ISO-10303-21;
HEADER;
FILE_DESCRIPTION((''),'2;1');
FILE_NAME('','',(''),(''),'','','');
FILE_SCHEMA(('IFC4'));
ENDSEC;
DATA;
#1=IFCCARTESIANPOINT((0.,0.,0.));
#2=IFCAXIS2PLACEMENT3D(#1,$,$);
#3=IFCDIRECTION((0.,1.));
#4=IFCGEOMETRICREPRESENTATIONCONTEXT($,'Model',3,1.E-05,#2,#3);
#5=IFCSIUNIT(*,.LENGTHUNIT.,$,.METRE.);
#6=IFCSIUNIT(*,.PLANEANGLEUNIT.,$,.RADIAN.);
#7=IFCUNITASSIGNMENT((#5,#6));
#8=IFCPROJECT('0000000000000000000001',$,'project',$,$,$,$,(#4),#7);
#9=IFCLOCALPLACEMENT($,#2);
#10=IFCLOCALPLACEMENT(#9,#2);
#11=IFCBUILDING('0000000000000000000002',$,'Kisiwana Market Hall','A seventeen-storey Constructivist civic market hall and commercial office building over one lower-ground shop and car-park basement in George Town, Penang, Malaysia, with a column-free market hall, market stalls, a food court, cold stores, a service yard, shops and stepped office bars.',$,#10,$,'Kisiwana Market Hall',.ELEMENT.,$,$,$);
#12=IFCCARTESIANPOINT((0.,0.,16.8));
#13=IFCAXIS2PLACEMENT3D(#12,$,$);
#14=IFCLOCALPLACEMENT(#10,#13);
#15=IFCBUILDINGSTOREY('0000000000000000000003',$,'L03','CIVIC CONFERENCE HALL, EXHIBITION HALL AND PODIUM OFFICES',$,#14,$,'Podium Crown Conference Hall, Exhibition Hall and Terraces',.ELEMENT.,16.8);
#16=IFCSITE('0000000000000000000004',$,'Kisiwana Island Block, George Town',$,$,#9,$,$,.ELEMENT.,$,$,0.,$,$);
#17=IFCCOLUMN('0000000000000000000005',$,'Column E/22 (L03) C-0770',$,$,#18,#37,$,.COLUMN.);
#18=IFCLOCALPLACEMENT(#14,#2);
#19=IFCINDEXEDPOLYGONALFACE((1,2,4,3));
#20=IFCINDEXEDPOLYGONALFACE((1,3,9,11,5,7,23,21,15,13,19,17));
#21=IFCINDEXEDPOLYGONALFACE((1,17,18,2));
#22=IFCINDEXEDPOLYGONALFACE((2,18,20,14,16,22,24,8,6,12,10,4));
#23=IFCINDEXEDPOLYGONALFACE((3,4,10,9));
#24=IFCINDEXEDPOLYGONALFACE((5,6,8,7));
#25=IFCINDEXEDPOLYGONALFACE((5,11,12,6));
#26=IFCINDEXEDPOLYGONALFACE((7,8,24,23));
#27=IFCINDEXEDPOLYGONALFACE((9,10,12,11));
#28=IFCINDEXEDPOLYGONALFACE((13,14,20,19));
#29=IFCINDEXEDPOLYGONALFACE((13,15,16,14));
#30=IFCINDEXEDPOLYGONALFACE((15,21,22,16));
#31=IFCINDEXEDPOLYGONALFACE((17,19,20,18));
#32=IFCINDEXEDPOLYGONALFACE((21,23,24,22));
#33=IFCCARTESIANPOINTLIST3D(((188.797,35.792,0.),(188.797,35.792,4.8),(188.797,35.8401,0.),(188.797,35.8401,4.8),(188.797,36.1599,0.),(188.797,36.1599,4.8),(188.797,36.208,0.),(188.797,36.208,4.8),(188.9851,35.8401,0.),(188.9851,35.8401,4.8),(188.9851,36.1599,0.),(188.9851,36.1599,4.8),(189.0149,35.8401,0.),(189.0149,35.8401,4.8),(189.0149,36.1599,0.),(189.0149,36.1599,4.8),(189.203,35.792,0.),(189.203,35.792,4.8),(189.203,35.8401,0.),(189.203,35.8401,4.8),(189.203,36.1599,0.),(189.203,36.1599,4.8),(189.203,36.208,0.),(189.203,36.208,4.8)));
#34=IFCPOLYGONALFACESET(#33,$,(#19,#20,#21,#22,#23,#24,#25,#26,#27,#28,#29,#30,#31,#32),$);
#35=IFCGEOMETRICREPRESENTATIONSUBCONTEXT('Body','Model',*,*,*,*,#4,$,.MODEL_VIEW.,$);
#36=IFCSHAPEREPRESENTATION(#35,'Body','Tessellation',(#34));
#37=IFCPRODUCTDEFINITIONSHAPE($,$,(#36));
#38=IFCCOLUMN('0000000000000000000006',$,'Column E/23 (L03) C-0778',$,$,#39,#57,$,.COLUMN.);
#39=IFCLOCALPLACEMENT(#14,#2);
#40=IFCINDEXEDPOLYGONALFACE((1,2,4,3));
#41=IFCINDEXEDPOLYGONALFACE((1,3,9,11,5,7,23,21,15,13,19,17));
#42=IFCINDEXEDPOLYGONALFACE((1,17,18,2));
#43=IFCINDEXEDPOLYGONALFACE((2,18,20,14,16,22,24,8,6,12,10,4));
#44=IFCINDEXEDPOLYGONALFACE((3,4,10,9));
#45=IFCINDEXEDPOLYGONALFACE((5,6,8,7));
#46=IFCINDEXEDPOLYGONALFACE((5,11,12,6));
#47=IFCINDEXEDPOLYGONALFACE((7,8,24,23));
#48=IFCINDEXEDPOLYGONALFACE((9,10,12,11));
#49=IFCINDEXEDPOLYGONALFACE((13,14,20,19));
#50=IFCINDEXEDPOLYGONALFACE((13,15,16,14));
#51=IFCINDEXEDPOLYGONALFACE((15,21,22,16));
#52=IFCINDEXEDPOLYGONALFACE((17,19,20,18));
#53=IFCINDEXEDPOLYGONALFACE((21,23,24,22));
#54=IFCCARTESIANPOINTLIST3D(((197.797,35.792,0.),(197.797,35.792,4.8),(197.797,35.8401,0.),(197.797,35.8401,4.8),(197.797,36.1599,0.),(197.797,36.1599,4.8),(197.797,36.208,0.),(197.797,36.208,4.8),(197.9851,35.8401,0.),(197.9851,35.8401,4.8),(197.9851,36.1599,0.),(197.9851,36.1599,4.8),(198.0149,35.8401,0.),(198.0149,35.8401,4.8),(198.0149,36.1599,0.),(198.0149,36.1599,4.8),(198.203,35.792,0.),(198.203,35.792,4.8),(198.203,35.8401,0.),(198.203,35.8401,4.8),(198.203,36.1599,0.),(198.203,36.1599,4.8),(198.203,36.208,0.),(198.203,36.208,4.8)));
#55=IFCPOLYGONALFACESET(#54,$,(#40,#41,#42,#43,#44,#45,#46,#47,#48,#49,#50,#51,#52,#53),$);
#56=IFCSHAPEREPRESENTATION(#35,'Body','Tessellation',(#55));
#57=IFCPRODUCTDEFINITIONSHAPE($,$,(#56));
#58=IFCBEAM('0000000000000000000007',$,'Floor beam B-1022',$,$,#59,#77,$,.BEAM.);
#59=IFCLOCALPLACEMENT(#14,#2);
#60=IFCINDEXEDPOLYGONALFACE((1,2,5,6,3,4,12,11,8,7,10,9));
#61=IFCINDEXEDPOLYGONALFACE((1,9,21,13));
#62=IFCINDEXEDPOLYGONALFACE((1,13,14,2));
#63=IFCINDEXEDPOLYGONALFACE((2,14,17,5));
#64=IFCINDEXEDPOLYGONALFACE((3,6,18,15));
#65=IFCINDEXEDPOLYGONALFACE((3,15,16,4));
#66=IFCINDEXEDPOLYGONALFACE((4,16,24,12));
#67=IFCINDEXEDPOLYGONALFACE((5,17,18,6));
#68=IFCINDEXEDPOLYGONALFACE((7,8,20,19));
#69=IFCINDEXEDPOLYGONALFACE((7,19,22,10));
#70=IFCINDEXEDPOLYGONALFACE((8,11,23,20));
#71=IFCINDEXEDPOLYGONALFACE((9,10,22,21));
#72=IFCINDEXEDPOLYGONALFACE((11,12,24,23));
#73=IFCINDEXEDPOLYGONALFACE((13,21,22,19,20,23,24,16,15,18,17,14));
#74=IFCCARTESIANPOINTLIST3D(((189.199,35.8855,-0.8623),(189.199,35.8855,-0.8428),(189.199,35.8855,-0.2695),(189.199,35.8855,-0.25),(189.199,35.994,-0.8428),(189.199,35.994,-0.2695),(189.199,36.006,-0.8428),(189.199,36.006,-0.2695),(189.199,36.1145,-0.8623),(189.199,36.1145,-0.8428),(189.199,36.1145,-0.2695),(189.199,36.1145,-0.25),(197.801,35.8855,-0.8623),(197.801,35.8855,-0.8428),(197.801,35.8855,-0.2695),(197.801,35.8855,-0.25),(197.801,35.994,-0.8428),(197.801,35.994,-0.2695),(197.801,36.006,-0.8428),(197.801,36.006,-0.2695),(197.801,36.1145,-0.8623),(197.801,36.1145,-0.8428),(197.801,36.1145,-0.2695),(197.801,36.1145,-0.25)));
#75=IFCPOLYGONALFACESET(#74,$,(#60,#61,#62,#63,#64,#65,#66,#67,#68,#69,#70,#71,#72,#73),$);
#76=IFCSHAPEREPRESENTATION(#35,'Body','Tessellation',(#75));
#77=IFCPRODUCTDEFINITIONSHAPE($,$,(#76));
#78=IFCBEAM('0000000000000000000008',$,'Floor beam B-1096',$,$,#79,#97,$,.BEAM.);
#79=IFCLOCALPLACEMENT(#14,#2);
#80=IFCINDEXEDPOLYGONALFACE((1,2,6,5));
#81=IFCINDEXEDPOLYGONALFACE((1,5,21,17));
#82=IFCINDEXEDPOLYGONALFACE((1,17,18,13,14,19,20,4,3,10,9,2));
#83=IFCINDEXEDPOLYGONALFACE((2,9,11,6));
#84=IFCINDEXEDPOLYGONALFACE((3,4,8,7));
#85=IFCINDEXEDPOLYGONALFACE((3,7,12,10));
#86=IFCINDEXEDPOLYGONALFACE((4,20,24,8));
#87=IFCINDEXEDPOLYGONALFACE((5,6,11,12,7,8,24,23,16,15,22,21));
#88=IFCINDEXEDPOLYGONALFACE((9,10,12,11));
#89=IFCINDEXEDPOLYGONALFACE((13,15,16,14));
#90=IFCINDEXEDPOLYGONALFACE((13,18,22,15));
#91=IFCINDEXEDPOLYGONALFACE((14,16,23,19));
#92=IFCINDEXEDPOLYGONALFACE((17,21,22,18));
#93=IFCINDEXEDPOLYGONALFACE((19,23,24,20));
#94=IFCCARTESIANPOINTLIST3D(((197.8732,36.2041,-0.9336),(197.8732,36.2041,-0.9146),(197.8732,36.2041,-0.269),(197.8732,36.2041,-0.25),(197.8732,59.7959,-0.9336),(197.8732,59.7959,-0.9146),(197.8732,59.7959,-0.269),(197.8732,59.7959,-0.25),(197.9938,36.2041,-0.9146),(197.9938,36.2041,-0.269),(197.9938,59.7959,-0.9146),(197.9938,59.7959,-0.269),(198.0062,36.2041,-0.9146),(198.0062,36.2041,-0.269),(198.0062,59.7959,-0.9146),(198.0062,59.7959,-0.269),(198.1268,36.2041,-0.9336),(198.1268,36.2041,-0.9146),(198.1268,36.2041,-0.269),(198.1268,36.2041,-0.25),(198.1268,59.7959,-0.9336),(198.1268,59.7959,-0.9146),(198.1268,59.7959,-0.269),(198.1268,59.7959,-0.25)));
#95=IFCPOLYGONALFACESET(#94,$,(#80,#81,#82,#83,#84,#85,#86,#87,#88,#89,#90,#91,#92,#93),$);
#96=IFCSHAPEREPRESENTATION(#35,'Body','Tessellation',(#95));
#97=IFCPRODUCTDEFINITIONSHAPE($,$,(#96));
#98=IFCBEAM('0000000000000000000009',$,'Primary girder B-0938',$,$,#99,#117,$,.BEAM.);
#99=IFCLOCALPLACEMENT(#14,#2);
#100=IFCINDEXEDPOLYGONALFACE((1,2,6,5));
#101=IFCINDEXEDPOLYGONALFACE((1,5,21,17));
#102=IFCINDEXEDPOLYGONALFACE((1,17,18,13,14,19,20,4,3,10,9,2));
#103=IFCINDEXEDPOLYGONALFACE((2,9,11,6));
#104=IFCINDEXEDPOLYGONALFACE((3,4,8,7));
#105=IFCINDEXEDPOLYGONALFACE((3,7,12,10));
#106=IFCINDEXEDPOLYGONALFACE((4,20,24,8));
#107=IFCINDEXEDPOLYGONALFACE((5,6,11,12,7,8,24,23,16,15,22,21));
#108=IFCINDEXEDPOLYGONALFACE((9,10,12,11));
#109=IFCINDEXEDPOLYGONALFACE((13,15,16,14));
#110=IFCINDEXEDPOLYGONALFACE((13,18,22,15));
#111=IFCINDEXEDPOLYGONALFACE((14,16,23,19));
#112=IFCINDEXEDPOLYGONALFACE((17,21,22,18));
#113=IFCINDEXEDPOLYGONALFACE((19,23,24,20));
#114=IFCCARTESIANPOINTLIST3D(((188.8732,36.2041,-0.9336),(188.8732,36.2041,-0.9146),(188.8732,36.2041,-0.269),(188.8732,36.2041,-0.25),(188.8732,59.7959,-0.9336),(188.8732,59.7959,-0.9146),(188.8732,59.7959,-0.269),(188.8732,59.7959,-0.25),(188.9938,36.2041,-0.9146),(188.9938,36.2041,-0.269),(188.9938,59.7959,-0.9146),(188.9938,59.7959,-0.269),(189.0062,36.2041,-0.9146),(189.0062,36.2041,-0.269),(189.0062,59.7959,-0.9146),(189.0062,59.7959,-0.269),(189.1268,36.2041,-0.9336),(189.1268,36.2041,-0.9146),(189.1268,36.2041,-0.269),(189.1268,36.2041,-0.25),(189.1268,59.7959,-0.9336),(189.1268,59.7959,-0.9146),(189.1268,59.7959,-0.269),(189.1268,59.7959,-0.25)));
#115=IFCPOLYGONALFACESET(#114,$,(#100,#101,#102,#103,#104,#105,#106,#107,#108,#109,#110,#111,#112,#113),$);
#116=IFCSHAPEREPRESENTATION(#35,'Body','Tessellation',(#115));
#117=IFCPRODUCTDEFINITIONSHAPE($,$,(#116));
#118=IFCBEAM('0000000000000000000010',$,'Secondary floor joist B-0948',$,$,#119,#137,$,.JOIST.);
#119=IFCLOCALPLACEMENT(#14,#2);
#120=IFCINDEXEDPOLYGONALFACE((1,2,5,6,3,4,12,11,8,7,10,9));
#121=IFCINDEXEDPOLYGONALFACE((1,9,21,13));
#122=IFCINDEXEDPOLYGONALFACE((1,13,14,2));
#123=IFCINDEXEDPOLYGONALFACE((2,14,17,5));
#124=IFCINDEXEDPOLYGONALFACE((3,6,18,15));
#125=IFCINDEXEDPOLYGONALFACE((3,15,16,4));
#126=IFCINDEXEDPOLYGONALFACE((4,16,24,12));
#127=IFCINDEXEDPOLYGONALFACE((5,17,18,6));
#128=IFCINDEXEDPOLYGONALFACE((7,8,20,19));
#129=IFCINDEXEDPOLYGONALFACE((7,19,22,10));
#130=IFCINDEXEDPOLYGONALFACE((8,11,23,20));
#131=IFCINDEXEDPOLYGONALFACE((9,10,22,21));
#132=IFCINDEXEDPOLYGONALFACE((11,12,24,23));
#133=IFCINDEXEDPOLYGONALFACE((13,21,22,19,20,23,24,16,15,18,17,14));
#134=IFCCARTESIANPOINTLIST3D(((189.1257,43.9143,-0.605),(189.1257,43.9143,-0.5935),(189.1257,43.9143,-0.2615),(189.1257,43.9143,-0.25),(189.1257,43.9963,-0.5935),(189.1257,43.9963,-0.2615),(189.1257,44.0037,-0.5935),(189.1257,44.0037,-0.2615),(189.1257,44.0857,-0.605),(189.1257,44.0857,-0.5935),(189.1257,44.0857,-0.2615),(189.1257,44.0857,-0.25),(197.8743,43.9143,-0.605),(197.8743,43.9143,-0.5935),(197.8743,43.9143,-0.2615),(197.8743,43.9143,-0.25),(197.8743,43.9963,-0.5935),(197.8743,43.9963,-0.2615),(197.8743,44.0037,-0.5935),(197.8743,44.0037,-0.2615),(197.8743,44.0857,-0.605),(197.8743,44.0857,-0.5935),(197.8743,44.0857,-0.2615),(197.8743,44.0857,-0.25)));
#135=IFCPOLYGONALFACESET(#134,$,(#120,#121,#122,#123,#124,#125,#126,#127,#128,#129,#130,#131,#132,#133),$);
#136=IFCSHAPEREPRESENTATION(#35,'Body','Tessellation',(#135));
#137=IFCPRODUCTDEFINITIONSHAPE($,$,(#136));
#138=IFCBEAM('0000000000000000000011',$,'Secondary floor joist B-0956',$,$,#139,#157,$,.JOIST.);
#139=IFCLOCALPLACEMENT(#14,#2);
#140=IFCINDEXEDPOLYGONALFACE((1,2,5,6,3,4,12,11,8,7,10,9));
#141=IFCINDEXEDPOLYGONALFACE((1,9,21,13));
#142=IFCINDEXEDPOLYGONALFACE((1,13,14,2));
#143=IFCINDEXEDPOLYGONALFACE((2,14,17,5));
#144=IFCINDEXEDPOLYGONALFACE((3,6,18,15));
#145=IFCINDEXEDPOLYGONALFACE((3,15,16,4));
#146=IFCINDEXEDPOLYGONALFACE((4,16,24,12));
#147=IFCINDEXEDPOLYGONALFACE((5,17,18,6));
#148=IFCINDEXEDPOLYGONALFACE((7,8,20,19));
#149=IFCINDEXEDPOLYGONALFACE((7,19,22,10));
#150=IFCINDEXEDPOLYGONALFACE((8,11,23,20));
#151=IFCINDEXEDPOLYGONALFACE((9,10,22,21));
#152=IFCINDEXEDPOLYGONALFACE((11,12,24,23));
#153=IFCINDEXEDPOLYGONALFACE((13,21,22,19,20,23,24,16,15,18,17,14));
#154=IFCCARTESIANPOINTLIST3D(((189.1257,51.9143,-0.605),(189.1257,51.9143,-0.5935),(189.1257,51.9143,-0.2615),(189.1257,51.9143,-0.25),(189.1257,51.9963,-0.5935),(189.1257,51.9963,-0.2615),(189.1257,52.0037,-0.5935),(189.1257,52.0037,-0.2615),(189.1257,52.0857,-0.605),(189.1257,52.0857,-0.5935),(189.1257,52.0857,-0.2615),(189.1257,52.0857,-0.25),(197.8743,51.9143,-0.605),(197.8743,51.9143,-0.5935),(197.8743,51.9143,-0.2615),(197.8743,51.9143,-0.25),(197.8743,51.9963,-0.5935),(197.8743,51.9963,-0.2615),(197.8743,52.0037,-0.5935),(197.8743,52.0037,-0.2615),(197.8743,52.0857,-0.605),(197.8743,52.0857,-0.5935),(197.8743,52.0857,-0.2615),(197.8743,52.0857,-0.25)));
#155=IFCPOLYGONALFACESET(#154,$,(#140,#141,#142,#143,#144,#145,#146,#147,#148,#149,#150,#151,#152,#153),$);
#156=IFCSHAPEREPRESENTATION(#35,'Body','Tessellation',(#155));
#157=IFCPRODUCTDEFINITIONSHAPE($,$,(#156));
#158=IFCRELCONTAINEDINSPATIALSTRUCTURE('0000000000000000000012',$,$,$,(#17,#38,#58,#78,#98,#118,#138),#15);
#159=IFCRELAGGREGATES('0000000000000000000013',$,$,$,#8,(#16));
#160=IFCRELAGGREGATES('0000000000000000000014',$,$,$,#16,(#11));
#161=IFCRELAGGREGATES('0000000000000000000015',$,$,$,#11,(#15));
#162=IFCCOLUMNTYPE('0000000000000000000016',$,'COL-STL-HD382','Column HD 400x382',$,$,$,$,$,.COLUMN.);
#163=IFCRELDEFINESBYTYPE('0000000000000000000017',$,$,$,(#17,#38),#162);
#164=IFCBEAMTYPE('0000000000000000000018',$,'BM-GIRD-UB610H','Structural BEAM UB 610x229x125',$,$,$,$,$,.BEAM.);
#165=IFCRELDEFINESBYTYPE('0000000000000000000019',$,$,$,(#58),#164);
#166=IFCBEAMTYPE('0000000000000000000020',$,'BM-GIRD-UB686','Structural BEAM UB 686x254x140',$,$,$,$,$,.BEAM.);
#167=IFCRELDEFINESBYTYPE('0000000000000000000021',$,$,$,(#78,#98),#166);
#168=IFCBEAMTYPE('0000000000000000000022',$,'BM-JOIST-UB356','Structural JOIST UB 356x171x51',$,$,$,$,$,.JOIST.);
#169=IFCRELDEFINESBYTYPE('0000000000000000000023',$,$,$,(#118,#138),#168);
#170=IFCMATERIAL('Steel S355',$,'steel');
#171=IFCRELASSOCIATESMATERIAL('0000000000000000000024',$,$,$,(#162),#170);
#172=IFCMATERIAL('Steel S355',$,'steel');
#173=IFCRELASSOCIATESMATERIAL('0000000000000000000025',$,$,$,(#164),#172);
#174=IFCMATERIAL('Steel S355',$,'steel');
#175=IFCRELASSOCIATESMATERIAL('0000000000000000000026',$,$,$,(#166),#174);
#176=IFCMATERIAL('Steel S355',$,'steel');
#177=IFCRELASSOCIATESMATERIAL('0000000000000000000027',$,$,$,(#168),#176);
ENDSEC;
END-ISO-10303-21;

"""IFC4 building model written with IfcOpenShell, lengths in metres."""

from ifc_helpers import new_model, si_unit, direction, frame, origin, origin_2d, place, context, subcontext, project, spatial, i_section, extrude, material, material_profile, profile_set, type_object, element, save


model = new_model("IFC4")

# Units and contexts
model_context = context("Model", 3, precision=1e-05, world=origin(), true_north=direction((0.0, 1.0)))
body_context = subcontext(model_context, "Body", "Model", "MODEL_VIEW")
ifc_project = project(units=[si_unit("LENGTHUNIT", "METRE"), si_unit("PLANEANGLEUNIT", "RADIAN")], contexts=[model_context])

# Site, building, storey
site_placement = place(None, origin())
site = spatial("IfcSite", under=ifc_project, at=site_placement, Name="Kisiwana Island Block, George Town", CompositionType="ELEMENT", RefElevation=0.0)
building_placement = place(site_placement, origin())
building = spatial("IfcBuilding", under=site, at=building_placement, Name="Kisiwana Market Hall", Description="A seventeen-storey Constructivist civic market hall and commercial office building over one lower-ground shop and car-park basement in George Town, Penang, Malaysia, with a column-free market hall, market stalls, a food court, cold stores, a service yard, shops and stepped office bars.", LongName="Kisiwana Market Hall", CompositionType="ELEMENT")
storey_placement = place(building_placement, frame((0.0, 0.0, 16.8)))
storey = spatial("IfcBuildingStorey", under=building, at=storey_placement, Name="L03", Description="CIVIC CONFERENCE HALL, EXHIBITION HALL AND PODIUM OFFICES", LongName="Podium Crown Conference Hall, Exhibition Hall and Terraces", CompositionType="ELEMENT", Elevation=16.8)

# Columns
ifc_material_1 = material(Name="Steel S355", Category="steel")
ifc_material_profile_1 = material_profile(ifc_material_1, i_section(OverallWidth=0.406, OverallDepth=0.416, WebThickness=0.0298, FlangeThickness=0.0481, at=origin_2d()), Name="HD 400x382")
ifc_profile_set_1 = profile_set([ifc_material_profile_1], Name="Steel S355")
column_type = type_object("IfcColumnType", Name="COL-STL-HD382", Description="Column HD 400x382", PredefinedType="COLUMN", material=ifc_profile_set_1)
for number, where, z_axis, x_axis, name in (
    (1, (189.0, 36.0, 0.0), (0.0, 0.0, 1.0), (1.0, 0.0, 0.0), "Column E/22 (L03) C-0770"),
    (2, (198.0, 36.0, 0.0), (0.0, 0.0, 1.0), (1.0, 0.0, 0.0), "Column E/23 (L03) C-0778"),
):
    element("IfcColumn", number, at=place(storey_placement, frame(where, z_axis=z_axis, x_axis=x_axis)), inside=storey, type_object=column_type, Name=name, PredefinedType="COLUMN", context=body_context, shape_type="SweptSolid", body=[
        extrude(i_section(OverallWidth=0.406, OverallDepth=0.416, WebThickness=0.0298, FlangeThickness=0.0481, at=origin_2d()), origin(), (0.0, 0.0, 1.0), 4.8),
    ])

# Beams
ifc_material_2 = material(Name="Steel S355", Category="steel")
ifc_material_profile_2 = material_profile(ifc_material_2, i_section(OverallWidth=0.229, OverallDepth=0.6123, WebThickness=0.012, FlangeThickness=0.0195, at=origin_2d()), Name="UB 610x229x125")
ifc_profile_set_2 = profile_set([ifc_material_profile_2], Name="Steel S355")
beam_type_1 = type_object("IfcBeamType", Name="BM-GIRD-UB610H", Description="Structural BEAM UB 610x229x125", PredefinedType="BEAM", material=ifc_profile_set_2)
beam_placement = place(storey_placement, frame((189.199, 36.0, -0.5562), z_axis=(1.0, 0.0, 0.0), x_axis=(0.0, 1.0, 0.0)))
element("IfcBeam", 3, at=beam_placement, inside=storey, type_object=beam_type_1, Name="Floor beam B-1022", PredefinedType="BEAM", context=body_context, shape_type="SweptSolid", body=[
    extrude(i_section(OverallWidth=0.229, OverallDepth=0.6123, WebThickness=0.012, FlangeThickness=0.0195, at=origin_2d()), origin(), (0.0, 0.0, 1.0), 8.6021),
])
ifc_material_3 = material(Name="Steel S355", Category="steel")
ifc_material_profile_3 = material_profile(ifc_material_3, i_section(OverallWidth=0.2537, OverallDepth=0.6836, WebThickness=0.0125, FlangeThickness=0.019, at=origin_2d()), Name="UB 686x254x140")
ifc_profile_set_3 = profile_set([ifc_material_profile_3], Name="Steel S355")
beam_type_2 = type_object("IfcBeamType", Name="BM-GIRD-UB686", Description="Structural BEAM UB 686x254x140", PredefinedType="BEAM", material=ifc_profile_set_3)
for number, where, z_axis, x_axis, name in (
    (4, (198.0, 36.2041, -0.5918), (0.0, 1.0, 0.0), (-1.0, 0.0, 0.0), "Floor beam B-1096"),
    (5, (189.0, 36.2041, -0.5918), (0.0, 1.0, 0.0), (-1.0, 0.0, 0.0), "Primary girder B-0938"),
):
    element("IfcBeam", number, at=place(storey_placement, frame(where, z_axis=z_axis, x_axis=x_axis)), inside=storey, type_object=beam_type_2, Name=name, PredefinedType="BEAM", context=body_context, shape_type="SweptSolid", body=[
        extrude(i_section(OverallWidth=0.2537, OverallDepth=0.6836, WebThickness=0.0125, FlangeThickness=0.019, at=origin_2d()), origin(), (0.0, 0.0, 1.0), 23.5918),
    ])
ifc_material_4 = material(Name="Steel S355", Category="steel")
ifc_material_profile_4 = material_profile(ifc_material_4, i_section(OverallWidth=0.1714, OverallDepth=0.355, WebThickness=0.0073, FlangeThickness=0.0115, at=origin_2d()), Name="UB 356x171x51")
ifc_profile_set_4 = profile_set([ifc_material_profile_4], Name="Steel S355")
beam_type_3 = type_object("IfcBeamType", Name="BM-JOIST-UB356", Description="Structural JOIST UB 356x171x51", PredefinedType="JOIST", material=ifc_profile_set_4)
for number, where, z_axis, x_axis, name in (
    (6, (189.1257, 44.0, -0.4275), (1.0, 0.0, 0.0), (0.0, 1.0, 0.0), "Secondary floor joist B-0948"),
    (7, (189.1257, 52.0, -0.4275), (1.0, 0.0, 0.0), (0.0, 1.0, 0.0), "Secondary floor joist B-0956"),
):
    element("IfcBeam", number, at=place(storey_placement, frame(where, z_axis=z_axis, x_axis=x_axis)), inside=storey, type_object=beam_type_3, Name=name, PredefinedType="JOIST", context=body_context, shape_type="SweptSolid", body=[
        extrude(i_section(OverallWidth=0.1714, OverallDepth=0.355, WebThickness=0.0073, FlangeThickness=0.0115, at=origin_2d()), origin(), (0.0, 0.0, 1.0), 8.7485),
    ])

save(model, "model.ifc")
